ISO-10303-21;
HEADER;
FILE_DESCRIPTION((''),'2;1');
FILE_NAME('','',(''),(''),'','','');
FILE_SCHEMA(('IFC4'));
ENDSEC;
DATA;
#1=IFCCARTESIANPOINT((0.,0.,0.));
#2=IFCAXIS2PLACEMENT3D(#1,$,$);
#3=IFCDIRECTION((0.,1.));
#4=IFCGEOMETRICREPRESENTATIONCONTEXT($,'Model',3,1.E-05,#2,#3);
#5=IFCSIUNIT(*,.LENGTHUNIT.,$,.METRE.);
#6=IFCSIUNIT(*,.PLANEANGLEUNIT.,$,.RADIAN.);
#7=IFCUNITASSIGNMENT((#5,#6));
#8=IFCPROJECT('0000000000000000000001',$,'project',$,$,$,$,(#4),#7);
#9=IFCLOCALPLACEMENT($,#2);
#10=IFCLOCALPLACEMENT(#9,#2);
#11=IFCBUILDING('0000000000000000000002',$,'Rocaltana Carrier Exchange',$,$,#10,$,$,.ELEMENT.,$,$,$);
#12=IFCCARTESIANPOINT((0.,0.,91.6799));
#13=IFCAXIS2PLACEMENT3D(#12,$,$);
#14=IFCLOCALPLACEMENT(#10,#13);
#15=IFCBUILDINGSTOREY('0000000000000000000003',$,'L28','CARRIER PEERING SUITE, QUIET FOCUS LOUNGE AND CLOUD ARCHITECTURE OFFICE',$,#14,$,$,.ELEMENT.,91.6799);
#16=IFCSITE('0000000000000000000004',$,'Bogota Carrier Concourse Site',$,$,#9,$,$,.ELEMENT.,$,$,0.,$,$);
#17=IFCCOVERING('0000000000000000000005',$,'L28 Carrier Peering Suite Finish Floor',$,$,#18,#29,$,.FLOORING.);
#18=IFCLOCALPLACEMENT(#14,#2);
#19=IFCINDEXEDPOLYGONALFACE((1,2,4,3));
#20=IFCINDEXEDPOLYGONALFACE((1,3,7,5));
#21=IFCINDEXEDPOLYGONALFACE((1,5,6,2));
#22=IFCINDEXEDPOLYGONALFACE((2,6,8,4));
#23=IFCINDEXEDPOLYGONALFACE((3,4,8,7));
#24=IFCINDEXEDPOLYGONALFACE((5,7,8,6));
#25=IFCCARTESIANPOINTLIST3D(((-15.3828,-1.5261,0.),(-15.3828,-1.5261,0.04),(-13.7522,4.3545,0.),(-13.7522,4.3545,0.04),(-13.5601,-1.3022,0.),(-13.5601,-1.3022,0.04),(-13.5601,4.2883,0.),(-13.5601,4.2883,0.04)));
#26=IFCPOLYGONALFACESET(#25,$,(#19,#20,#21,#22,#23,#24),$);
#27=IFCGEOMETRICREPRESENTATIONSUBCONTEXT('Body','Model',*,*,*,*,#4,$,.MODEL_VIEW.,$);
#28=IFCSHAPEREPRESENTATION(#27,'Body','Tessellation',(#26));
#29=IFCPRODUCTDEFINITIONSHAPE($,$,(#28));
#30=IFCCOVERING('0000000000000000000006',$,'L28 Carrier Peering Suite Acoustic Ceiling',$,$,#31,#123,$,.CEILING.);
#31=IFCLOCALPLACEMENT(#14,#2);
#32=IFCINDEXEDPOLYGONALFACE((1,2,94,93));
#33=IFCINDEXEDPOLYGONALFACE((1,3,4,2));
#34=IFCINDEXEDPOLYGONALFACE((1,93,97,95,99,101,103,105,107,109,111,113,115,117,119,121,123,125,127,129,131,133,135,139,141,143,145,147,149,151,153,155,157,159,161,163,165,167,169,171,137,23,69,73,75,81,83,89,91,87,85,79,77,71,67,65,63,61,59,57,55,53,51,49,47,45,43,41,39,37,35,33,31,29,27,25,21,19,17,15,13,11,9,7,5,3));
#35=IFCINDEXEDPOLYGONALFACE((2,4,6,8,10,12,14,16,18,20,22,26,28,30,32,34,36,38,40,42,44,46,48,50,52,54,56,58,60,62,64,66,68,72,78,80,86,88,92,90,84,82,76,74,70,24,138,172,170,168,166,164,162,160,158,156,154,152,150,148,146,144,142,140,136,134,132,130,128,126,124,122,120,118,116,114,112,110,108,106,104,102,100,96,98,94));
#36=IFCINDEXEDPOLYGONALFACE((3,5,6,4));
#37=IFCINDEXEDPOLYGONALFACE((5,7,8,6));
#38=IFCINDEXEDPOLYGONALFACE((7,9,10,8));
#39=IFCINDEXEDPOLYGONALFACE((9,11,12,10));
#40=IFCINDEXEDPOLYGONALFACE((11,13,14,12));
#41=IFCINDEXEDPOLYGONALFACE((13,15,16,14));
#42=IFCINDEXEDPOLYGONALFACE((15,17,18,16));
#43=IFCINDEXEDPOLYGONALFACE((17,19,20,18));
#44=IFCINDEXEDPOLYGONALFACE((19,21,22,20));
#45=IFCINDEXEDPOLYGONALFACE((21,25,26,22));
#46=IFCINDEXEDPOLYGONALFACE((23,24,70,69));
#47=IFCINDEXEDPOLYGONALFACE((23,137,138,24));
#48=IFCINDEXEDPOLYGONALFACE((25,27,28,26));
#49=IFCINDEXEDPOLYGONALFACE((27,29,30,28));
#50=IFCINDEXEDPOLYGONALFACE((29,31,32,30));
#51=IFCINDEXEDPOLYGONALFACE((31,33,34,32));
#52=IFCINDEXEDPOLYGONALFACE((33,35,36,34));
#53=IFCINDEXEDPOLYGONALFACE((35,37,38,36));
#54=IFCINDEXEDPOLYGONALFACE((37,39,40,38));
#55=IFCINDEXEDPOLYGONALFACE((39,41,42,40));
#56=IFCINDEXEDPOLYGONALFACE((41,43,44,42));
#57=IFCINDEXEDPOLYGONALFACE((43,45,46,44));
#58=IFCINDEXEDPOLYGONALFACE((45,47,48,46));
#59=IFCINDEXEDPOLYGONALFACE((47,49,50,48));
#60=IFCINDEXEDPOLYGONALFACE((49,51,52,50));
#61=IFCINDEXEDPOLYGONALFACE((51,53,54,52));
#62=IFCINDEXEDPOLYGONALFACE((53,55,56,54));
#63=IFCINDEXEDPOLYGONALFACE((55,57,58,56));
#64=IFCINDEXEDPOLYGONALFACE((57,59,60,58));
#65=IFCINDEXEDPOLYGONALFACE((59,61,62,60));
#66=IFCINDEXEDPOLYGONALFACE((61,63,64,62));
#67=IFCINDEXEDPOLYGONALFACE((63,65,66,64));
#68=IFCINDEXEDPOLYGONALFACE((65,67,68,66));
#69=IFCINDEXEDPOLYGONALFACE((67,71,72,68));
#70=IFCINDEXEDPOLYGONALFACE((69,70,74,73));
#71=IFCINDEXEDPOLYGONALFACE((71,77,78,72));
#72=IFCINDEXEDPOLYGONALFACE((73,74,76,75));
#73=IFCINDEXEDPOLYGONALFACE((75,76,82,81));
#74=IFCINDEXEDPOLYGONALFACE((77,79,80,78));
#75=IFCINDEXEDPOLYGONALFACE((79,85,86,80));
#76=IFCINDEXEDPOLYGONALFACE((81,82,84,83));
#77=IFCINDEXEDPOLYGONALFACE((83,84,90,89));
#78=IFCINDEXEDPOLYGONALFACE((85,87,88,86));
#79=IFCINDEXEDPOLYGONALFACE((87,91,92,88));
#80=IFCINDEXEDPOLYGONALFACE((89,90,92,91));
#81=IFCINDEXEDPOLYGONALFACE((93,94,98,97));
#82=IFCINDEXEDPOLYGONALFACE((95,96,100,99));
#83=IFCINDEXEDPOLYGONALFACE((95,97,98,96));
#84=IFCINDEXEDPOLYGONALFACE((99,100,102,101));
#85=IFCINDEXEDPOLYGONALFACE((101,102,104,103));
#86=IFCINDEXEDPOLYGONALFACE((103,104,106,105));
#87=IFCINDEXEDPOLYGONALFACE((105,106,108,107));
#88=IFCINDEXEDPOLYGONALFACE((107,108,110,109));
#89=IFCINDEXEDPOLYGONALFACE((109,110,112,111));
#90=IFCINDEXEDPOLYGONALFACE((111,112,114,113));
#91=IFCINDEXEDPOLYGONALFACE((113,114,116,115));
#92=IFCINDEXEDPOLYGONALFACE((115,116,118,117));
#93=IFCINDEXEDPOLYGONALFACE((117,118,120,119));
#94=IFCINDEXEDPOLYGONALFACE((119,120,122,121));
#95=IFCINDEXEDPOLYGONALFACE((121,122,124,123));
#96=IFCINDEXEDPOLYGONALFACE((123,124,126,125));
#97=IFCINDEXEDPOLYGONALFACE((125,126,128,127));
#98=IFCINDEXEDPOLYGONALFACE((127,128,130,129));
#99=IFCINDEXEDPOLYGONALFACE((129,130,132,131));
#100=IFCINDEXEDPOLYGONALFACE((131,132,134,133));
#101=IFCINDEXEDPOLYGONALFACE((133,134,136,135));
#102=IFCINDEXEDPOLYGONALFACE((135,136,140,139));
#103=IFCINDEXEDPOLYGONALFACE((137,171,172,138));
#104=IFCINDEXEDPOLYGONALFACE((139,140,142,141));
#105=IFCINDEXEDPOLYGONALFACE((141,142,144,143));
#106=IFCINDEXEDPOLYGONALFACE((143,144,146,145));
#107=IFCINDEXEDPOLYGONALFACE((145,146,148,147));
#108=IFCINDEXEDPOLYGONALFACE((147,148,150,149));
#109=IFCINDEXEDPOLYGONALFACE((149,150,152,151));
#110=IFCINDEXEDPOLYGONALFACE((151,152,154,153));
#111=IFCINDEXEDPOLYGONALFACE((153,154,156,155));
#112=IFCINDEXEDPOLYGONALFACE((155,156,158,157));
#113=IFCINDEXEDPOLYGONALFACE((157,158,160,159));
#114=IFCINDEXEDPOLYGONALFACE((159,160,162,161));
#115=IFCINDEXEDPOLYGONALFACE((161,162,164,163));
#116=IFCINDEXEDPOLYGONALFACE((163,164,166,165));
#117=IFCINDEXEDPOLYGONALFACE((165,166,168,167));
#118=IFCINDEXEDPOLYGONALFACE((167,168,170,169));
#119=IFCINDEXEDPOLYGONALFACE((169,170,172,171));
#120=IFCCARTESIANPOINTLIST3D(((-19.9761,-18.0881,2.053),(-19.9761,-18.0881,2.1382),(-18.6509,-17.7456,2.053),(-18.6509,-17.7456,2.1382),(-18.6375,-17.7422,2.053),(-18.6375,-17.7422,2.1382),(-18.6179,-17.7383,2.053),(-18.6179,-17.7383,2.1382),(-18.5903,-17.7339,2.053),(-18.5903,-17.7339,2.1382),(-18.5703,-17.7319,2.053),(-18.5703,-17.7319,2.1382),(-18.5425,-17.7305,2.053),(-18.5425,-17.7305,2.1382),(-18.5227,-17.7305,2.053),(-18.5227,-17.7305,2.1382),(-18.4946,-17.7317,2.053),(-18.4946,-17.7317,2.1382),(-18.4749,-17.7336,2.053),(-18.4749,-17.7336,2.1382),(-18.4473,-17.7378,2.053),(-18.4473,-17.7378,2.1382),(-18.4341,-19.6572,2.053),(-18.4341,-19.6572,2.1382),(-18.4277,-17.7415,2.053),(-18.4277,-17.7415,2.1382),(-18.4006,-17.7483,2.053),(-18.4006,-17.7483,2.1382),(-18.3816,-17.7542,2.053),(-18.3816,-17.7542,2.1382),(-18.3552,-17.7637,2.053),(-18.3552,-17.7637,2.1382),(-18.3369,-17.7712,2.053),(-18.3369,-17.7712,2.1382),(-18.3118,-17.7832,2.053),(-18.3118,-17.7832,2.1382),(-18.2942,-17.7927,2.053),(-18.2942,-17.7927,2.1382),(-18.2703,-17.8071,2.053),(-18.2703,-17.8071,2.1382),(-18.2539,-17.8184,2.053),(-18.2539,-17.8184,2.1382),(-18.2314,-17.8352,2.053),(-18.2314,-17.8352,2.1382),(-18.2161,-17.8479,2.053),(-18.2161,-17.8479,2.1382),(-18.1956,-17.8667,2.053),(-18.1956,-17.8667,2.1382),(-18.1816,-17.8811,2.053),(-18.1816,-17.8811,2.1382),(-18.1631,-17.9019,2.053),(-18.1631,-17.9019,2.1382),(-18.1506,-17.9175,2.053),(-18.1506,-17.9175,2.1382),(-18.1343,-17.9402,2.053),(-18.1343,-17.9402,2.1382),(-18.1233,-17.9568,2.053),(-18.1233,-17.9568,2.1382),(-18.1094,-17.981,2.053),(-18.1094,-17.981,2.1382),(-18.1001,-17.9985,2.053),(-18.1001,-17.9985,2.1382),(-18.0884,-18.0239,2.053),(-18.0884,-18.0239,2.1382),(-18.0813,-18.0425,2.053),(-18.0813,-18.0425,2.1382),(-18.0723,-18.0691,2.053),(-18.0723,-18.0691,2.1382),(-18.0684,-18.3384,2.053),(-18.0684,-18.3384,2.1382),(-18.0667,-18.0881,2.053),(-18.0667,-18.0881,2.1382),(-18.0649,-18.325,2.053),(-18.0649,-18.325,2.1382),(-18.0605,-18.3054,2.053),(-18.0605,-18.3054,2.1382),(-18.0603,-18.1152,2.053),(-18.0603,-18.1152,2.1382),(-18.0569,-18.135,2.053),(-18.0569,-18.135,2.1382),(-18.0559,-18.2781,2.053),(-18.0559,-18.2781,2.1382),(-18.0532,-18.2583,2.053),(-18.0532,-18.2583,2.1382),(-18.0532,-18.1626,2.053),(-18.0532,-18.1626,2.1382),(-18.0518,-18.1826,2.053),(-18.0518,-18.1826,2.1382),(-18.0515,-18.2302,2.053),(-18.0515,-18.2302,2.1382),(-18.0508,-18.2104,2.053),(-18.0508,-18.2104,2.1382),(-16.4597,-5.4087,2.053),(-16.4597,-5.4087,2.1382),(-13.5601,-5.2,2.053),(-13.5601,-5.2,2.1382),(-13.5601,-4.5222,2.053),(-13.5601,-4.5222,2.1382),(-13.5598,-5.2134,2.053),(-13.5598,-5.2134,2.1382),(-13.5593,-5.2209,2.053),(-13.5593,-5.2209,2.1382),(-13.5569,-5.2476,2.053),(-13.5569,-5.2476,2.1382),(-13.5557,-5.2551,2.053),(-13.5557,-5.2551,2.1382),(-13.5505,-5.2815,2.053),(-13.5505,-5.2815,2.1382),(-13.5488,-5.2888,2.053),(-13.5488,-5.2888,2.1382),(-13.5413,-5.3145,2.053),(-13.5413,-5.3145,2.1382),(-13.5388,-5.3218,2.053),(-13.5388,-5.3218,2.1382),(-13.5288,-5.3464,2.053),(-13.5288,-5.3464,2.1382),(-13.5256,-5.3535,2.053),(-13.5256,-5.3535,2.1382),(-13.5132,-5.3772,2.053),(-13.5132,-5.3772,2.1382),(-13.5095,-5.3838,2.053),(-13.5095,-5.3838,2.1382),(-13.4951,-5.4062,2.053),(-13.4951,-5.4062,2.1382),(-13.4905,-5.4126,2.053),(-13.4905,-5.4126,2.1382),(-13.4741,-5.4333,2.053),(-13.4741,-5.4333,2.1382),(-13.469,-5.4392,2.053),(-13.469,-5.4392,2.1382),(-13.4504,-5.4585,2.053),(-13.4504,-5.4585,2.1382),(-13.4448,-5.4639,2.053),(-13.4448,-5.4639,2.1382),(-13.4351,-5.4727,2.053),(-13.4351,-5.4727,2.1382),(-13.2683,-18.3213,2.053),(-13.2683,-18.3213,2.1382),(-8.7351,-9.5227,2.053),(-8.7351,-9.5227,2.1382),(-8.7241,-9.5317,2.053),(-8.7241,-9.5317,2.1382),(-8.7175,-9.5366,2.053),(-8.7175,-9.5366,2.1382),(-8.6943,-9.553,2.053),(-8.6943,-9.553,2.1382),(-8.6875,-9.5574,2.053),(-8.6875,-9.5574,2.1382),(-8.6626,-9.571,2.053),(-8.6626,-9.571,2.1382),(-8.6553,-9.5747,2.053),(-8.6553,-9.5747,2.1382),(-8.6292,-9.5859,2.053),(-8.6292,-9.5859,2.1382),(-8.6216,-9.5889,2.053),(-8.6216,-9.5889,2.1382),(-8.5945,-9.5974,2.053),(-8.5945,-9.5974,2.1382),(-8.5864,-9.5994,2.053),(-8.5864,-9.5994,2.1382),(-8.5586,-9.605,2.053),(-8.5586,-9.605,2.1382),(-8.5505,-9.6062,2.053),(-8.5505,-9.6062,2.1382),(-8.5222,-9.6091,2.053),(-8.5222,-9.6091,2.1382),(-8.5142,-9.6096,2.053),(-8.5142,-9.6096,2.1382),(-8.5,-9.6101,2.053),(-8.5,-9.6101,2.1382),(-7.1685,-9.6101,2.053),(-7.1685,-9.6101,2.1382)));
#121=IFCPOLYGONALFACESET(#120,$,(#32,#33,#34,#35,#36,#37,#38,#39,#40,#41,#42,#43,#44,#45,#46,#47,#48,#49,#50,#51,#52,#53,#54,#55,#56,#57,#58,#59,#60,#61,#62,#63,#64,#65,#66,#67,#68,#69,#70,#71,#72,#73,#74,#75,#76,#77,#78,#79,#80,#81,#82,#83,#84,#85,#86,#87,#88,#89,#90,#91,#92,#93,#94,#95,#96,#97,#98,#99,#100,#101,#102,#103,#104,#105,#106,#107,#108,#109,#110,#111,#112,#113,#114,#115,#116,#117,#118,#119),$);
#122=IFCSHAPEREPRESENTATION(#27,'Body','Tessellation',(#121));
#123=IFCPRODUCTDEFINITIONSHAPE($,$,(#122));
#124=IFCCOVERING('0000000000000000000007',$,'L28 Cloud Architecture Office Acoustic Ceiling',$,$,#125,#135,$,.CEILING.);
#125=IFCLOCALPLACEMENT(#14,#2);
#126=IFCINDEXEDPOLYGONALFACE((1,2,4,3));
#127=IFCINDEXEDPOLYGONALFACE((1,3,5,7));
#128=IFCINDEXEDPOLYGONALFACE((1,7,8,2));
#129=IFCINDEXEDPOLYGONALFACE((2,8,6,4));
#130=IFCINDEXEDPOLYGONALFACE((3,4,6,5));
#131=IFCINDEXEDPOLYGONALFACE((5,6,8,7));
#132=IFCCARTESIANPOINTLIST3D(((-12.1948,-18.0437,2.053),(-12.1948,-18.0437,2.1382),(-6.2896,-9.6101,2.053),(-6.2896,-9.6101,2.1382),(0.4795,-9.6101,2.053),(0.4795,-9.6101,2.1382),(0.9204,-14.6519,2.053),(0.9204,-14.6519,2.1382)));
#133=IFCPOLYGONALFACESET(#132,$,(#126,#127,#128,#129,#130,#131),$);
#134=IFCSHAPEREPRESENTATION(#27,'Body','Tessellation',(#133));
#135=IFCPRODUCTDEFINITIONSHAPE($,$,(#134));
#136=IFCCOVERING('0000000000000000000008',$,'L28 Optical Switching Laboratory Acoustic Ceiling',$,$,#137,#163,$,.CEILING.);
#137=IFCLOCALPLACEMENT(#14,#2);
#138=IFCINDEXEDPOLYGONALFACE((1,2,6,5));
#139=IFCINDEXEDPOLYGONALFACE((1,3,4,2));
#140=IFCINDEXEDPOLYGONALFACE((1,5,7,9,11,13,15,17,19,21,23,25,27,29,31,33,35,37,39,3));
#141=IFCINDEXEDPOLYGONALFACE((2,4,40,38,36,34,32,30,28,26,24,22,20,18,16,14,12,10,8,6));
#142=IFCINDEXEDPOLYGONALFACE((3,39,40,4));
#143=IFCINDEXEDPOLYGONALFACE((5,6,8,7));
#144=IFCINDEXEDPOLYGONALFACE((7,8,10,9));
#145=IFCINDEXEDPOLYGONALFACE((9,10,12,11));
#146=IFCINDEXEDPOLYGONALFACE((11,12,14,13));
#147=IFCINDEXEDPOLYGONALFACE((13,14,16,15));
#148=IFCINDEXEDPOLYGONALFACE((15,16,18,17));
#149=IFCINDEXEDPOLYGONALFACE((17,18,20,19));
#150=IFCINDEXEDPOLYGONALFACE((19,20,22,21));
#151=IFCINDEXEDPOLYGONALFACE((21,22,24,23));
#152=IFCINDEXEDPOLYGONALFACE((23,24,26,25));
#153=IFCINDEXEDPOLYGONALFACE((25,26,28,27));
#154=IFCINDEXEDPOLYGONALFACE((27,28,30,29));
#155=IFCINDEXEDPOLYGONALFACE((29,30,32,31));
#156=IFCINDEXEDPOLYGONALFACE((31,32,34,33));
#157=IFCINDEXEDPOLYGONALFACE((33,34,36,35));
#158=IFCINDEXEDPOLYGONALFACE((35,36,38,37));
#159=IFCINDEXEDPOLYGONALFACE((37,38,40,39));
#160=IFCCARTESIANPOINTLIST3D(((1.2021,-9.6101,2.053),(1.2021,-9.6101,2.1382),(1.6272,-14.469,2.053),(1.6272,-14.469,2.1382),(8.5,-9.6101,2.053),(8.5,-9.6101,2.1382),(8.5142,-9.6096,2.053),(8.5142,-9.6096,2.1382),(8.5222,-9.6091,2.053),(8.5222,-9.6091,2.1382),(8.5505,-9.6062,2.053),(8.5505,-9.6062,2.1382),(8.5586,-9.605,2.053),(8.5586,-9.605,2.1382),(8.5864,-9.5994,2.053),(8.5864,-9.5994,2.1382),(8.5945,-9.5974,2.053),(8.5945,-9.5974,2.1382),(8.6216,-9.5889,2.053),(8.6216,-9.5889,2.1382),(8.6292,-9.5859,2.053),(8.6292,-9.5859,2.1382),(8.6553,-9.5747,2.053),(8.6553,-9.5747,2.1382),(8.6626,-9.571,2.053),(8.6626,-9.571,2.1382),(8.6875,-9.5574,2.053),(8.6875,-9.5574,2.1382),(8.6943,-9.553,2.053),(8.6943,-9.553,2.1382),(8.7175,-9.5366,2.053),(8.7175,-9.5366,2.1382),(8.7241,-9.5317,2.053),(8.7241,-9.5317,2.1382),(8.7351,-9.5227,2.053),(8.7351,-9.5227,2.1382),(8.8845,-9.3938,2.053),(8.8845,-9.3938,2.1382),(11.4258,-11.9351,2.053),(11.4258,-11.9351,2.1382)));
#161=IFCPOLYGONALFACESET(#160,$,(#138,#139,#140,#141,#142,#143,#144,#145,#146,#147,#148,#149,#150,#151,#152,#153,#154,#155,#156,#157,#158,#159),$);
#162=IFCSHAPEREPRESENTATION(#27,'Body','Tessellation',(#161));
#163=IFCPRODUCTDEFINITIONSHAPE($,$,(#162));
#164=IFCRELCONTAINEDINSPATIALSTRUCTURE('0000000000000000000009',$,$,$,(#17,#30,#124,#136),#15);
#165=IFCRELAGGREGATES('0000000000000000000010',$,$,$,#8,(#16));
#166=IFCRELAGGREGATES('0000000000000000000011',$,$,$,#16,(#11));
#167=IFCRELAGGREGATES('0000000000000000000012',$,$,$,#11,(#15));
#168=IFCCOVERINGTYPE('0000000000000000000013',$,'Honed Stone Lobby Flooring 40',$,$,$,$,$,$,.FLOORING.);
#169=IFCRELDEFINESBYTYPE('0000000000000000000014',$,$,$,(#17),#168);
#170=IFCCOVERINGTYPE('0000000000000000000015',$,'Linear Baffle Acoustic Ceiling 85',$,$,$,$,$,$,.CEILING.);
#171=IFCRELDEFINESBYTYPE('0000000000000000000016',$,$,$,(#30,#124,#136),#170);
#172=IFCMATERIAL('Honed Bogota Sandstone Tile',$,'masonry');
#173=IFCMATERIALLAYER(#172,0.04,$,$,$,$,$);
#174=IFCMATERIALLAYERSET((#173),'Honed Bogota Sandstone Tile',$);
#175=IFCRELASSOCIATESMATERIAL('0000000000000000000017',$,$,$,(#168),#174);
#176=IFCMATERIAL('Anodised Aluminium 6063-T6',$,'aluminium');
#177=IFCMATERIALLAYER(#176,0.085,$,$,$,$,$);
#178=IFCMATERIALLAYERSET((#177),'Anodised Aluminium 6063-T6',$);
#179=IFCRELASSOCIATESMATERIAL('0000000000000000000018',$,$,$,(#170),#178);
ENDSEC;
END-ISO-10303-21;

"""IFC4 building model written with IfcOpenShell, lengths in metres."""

from ifc_helpers import new_model, si_unit, direction, frame, origin, place, context, subcontext, project, spatial, polyline, outline, extrude, material, layer, layer_set, type_object, element, save


model = new_model("IFC4")

# Units and contexts
model_context = context("Model", 3, precision=1e-05, world=origin(), true_north=direction((0.0, 1.0)))
body_context = subcontext(model_context, "Body", "Model", "MODEL_VIEW")
ifc_project = project(units=[si_unit("LENGTHUNIT", "METRE"), si_unit("PLANEANGLEUNIT", "RADIAN")], contexts=[model_context])

# Site, building, storey
site_placement = place(None, origin())
site = spatial("IfcSite", under=ifc_project, at=site_placement, Name="Bogota Carrier Concourse Site", CompositionType="ELEMENT", RefElevation=0.0)
building_placement = place(site_placement, origin())
building = spatial("IfcBuilding", under=site, at=building_placement, Name="Rocaltana Carrier Exchange", CompositionType="ELEMENT")
storey_placement = place(building_placement, frame((0.0, 0.0, 91.6799)))
storey = spatial("IfcBuildingStorey", under=building, at=storey_placement, Name="L28", Description="CARRIER PEERING SUITE, QUIET FOCUS LOUNGE AND CLOUD ARCHITECTURE OFFICE", CompositionType="ELEMENT", Elevation=91.6799)

# Coverings
ifc_material_1 = material(Name="Honed Bogota Sandstone Tile", Category="masonry")
ifc_layer_1 = layer(ifc_material_1, 0.04)
ifc_layer_set_1 = layer_set([ifc_layer_1], Name="Honed Bogota Sandstone Tile")
covering_type_1 = type_object("IfcCoveringType", Name="Honed Stone Lobby Flooring 40", PredefinedType="FLOORING", material=ifc_layer_set_1)
covering_1_placement = place(storey_placement, origin())
element("IfcCovering", 1, at=covering_1_placement, inside=storey, type_object=covering_type_1, Name="L28 Carrier Peering Suite Finish Floor", PredefinedType="FLOORING", context=body_context, shape_type="SweptSolid", body=[
    extrude(outline(polyline([(-13.7522, 4.3545), (-13.5601, 4.2883), (-13.5601, -1.3022), (-15.3828, -1.5261), (-13.7522, 4.3545)])), origin(), (0.0, 0.0, 1.0), 0.04),
])
ifc_material_2 = material(Name="Anodised Aluminium 6063-T6", Category="aluminium")
ifc_layer_2 = layer(ifc_material_2, 0.085)
ifc_layer_set_2 = layer_set([ifc_layer_2], Name="Anodised Aluminium 6063-T6")
covering_type_2 = type_object("IfcCoveringType", Name="Linear Baffle Acoustic Ceiling 85", PredefinedType="CEILING", material=ifc_layer_set_2)
covering_2_placement = place(storey_placement, frame((0.0, 0.0, 2.053)))
element("IfcCovering", 2, at=covering_2_placement, inside=storey, type_object=covering_type_2, Name="L28 Carrier Peering Suite Acoustic Ceiling", PredefinedType="CEILING", context=body_context, shape_type="SweptSolid", body=[
    extrude(outline(polyline([(-18.0684, -18.3384), (-18.0649, -18.325), (-18.0605, -18.3054), (-18.0559, -18.2781), (-18.0532, -18.2583), (-18.0515, -18.2302), (-18.0508, -18.2104), (-18.0518, -18.1826), (-18.0532, -18.1626), (-18.0569, -18.135), (-18.0603, -18.1152), (-18.0667, -18.0881), (-18.0723, -18.0691), (-18.0813, -18.0425), (-18.0884, -18.0239), (-18.1001, -17.9985), (-18.1094, -17.981), (-18.1233, -17.9568), (-18.1343, -17.9402), (-18.1506, -17.9175), (-18.1631, -17.9019), (-18.1816, -17.8811), (-18.1956, -17.8667), (-18.2161, -17.8479), (-18.2314, -17.8352), (-18.2539, -17.8184), (-18.2703, -17.8071), (-18.2942, -17.7927), (-18.3118, -17.7832), (-18.3369, -17.7712), (-18.3552, -17.7637), (-18.3816, -17.7542), (-18.4006, -17.7483), (-18.4277, -17.7415), (-18.4473, -17.7378), (-18.4749, -17.7336), (-18.4946, -17.7317), (-18.5227, -17.7305), (-18.5425, -17.7305), (-18.5703, -17.7319), (-18.5903, -17.7339), (-18.6179, -17.7383), (-18.6375, -17.7422), (-18.6509, -17.7456), (-19.9761, -18.0881), (-16.4597, -5.4087), (-13.5601, -4.5222), (-13.5601, -5.2), (-13.5598, -5.2134), (-13.5593, -5.2209), (-13.5569, -5.2476), (-13.5557, -5.2551), (-13.5505, -5.2815), (-13.5488, -5.2888), (-13.5413, -5.3145), (-13.5388, -5.3218), (-13.5288, -5.3464), (-13.5256, -5.3535), (-13.5132, -5.3772), (-13.5095, -5.3838), (-13.4951, -5.4062), (-13.4905, -5.4126), (-13.4741, -5.4333), (-13.469, -5.4392), (-13.4504, -5.4585), (-13.4448, -5.4639), (-13.4351, -5.4727), (-8.7351, -9.5227), (-8.7241, -9.5317), (-8.7175, -9.5366), (-8.6943, -9.553), (-8.6875, -9.5574), (-8.6626, -9.571), (-8.6553, -9.5747), (-8.6292, -9.5859), (-8.6216, -9.5889), (-8.5945, -9.5974), (-8.5864, -9.5994), (-8.5586, -9.605), (-8.5505, -9.6062), (-8.5222, -9.6091), (-8.5142, -9.6096), (-8.5, -9.6101), (-7.1685, -9.6101), (-13.2683, -18.3213), (-18.4341, -19.6572), (-18.0684, -18.3384)])), origin(), (0.0, 0.0, 1.0), 0.0852),
])
covering_3_placement = place(storey_placement, frame((0.0, 0.0, 2.053)))
element("IfcCovering", 3, at=covering_3_placement, inside=storey, type_object=covering_type_2, Name="L28 Cloud Architecture Office Acoustic Ceiling", PredefinedType="CEILING", context=body_context, shape_type="SweptSolid", body=[
    extrude(outline(polyline([(-12.1948, -18.0437), (-6.2896, -9.6101), (0.4795, -9.6101), (0.9204, -14.6519), (-12.1948, -18.0437)])), origin(), (0.0, 0.0, 1.0), 0.0852),
])
covering_4_placement = place(storey_placement, frame((0.0, 0.0, 2.053)))
element("IfcCovering", 4, at=covering_4_placement, inside=storey, type_object=covering_type_2, Name="L28 Optical Switching Laboratory Acoustic Ceiling", PredefinedType="CEILING", context=body_context, shape_type="SweptSolid", body=[
    extrude(outline(polyline([(1.6272, -14.469), (1.2021, -9.6101), (8.5, -9.6101), (8.5142, -9.6096), (8.5222, -9.6091), (8.5505, -9.6062), (8.5586, -9.605), (8.5864, -9.5994), (8.5945, -9.5974), (8.6216, -9.5889), (8.6292, -9.5859), (8.6553, -9.5747), (8.6626, -9.571), (8.6875, -9.5574), (8.6943, -9.553), (8.7175, -9.5366), (8.7241, -9.5317), (8.7351, -9.5227), (8.8845, -9.3938), (11.4258, -11.9351), (1.6272, -14.469)])), origin(), (0.0, 0.0, 1.0), 0.0852),
])

save(model, "model.ifc")
